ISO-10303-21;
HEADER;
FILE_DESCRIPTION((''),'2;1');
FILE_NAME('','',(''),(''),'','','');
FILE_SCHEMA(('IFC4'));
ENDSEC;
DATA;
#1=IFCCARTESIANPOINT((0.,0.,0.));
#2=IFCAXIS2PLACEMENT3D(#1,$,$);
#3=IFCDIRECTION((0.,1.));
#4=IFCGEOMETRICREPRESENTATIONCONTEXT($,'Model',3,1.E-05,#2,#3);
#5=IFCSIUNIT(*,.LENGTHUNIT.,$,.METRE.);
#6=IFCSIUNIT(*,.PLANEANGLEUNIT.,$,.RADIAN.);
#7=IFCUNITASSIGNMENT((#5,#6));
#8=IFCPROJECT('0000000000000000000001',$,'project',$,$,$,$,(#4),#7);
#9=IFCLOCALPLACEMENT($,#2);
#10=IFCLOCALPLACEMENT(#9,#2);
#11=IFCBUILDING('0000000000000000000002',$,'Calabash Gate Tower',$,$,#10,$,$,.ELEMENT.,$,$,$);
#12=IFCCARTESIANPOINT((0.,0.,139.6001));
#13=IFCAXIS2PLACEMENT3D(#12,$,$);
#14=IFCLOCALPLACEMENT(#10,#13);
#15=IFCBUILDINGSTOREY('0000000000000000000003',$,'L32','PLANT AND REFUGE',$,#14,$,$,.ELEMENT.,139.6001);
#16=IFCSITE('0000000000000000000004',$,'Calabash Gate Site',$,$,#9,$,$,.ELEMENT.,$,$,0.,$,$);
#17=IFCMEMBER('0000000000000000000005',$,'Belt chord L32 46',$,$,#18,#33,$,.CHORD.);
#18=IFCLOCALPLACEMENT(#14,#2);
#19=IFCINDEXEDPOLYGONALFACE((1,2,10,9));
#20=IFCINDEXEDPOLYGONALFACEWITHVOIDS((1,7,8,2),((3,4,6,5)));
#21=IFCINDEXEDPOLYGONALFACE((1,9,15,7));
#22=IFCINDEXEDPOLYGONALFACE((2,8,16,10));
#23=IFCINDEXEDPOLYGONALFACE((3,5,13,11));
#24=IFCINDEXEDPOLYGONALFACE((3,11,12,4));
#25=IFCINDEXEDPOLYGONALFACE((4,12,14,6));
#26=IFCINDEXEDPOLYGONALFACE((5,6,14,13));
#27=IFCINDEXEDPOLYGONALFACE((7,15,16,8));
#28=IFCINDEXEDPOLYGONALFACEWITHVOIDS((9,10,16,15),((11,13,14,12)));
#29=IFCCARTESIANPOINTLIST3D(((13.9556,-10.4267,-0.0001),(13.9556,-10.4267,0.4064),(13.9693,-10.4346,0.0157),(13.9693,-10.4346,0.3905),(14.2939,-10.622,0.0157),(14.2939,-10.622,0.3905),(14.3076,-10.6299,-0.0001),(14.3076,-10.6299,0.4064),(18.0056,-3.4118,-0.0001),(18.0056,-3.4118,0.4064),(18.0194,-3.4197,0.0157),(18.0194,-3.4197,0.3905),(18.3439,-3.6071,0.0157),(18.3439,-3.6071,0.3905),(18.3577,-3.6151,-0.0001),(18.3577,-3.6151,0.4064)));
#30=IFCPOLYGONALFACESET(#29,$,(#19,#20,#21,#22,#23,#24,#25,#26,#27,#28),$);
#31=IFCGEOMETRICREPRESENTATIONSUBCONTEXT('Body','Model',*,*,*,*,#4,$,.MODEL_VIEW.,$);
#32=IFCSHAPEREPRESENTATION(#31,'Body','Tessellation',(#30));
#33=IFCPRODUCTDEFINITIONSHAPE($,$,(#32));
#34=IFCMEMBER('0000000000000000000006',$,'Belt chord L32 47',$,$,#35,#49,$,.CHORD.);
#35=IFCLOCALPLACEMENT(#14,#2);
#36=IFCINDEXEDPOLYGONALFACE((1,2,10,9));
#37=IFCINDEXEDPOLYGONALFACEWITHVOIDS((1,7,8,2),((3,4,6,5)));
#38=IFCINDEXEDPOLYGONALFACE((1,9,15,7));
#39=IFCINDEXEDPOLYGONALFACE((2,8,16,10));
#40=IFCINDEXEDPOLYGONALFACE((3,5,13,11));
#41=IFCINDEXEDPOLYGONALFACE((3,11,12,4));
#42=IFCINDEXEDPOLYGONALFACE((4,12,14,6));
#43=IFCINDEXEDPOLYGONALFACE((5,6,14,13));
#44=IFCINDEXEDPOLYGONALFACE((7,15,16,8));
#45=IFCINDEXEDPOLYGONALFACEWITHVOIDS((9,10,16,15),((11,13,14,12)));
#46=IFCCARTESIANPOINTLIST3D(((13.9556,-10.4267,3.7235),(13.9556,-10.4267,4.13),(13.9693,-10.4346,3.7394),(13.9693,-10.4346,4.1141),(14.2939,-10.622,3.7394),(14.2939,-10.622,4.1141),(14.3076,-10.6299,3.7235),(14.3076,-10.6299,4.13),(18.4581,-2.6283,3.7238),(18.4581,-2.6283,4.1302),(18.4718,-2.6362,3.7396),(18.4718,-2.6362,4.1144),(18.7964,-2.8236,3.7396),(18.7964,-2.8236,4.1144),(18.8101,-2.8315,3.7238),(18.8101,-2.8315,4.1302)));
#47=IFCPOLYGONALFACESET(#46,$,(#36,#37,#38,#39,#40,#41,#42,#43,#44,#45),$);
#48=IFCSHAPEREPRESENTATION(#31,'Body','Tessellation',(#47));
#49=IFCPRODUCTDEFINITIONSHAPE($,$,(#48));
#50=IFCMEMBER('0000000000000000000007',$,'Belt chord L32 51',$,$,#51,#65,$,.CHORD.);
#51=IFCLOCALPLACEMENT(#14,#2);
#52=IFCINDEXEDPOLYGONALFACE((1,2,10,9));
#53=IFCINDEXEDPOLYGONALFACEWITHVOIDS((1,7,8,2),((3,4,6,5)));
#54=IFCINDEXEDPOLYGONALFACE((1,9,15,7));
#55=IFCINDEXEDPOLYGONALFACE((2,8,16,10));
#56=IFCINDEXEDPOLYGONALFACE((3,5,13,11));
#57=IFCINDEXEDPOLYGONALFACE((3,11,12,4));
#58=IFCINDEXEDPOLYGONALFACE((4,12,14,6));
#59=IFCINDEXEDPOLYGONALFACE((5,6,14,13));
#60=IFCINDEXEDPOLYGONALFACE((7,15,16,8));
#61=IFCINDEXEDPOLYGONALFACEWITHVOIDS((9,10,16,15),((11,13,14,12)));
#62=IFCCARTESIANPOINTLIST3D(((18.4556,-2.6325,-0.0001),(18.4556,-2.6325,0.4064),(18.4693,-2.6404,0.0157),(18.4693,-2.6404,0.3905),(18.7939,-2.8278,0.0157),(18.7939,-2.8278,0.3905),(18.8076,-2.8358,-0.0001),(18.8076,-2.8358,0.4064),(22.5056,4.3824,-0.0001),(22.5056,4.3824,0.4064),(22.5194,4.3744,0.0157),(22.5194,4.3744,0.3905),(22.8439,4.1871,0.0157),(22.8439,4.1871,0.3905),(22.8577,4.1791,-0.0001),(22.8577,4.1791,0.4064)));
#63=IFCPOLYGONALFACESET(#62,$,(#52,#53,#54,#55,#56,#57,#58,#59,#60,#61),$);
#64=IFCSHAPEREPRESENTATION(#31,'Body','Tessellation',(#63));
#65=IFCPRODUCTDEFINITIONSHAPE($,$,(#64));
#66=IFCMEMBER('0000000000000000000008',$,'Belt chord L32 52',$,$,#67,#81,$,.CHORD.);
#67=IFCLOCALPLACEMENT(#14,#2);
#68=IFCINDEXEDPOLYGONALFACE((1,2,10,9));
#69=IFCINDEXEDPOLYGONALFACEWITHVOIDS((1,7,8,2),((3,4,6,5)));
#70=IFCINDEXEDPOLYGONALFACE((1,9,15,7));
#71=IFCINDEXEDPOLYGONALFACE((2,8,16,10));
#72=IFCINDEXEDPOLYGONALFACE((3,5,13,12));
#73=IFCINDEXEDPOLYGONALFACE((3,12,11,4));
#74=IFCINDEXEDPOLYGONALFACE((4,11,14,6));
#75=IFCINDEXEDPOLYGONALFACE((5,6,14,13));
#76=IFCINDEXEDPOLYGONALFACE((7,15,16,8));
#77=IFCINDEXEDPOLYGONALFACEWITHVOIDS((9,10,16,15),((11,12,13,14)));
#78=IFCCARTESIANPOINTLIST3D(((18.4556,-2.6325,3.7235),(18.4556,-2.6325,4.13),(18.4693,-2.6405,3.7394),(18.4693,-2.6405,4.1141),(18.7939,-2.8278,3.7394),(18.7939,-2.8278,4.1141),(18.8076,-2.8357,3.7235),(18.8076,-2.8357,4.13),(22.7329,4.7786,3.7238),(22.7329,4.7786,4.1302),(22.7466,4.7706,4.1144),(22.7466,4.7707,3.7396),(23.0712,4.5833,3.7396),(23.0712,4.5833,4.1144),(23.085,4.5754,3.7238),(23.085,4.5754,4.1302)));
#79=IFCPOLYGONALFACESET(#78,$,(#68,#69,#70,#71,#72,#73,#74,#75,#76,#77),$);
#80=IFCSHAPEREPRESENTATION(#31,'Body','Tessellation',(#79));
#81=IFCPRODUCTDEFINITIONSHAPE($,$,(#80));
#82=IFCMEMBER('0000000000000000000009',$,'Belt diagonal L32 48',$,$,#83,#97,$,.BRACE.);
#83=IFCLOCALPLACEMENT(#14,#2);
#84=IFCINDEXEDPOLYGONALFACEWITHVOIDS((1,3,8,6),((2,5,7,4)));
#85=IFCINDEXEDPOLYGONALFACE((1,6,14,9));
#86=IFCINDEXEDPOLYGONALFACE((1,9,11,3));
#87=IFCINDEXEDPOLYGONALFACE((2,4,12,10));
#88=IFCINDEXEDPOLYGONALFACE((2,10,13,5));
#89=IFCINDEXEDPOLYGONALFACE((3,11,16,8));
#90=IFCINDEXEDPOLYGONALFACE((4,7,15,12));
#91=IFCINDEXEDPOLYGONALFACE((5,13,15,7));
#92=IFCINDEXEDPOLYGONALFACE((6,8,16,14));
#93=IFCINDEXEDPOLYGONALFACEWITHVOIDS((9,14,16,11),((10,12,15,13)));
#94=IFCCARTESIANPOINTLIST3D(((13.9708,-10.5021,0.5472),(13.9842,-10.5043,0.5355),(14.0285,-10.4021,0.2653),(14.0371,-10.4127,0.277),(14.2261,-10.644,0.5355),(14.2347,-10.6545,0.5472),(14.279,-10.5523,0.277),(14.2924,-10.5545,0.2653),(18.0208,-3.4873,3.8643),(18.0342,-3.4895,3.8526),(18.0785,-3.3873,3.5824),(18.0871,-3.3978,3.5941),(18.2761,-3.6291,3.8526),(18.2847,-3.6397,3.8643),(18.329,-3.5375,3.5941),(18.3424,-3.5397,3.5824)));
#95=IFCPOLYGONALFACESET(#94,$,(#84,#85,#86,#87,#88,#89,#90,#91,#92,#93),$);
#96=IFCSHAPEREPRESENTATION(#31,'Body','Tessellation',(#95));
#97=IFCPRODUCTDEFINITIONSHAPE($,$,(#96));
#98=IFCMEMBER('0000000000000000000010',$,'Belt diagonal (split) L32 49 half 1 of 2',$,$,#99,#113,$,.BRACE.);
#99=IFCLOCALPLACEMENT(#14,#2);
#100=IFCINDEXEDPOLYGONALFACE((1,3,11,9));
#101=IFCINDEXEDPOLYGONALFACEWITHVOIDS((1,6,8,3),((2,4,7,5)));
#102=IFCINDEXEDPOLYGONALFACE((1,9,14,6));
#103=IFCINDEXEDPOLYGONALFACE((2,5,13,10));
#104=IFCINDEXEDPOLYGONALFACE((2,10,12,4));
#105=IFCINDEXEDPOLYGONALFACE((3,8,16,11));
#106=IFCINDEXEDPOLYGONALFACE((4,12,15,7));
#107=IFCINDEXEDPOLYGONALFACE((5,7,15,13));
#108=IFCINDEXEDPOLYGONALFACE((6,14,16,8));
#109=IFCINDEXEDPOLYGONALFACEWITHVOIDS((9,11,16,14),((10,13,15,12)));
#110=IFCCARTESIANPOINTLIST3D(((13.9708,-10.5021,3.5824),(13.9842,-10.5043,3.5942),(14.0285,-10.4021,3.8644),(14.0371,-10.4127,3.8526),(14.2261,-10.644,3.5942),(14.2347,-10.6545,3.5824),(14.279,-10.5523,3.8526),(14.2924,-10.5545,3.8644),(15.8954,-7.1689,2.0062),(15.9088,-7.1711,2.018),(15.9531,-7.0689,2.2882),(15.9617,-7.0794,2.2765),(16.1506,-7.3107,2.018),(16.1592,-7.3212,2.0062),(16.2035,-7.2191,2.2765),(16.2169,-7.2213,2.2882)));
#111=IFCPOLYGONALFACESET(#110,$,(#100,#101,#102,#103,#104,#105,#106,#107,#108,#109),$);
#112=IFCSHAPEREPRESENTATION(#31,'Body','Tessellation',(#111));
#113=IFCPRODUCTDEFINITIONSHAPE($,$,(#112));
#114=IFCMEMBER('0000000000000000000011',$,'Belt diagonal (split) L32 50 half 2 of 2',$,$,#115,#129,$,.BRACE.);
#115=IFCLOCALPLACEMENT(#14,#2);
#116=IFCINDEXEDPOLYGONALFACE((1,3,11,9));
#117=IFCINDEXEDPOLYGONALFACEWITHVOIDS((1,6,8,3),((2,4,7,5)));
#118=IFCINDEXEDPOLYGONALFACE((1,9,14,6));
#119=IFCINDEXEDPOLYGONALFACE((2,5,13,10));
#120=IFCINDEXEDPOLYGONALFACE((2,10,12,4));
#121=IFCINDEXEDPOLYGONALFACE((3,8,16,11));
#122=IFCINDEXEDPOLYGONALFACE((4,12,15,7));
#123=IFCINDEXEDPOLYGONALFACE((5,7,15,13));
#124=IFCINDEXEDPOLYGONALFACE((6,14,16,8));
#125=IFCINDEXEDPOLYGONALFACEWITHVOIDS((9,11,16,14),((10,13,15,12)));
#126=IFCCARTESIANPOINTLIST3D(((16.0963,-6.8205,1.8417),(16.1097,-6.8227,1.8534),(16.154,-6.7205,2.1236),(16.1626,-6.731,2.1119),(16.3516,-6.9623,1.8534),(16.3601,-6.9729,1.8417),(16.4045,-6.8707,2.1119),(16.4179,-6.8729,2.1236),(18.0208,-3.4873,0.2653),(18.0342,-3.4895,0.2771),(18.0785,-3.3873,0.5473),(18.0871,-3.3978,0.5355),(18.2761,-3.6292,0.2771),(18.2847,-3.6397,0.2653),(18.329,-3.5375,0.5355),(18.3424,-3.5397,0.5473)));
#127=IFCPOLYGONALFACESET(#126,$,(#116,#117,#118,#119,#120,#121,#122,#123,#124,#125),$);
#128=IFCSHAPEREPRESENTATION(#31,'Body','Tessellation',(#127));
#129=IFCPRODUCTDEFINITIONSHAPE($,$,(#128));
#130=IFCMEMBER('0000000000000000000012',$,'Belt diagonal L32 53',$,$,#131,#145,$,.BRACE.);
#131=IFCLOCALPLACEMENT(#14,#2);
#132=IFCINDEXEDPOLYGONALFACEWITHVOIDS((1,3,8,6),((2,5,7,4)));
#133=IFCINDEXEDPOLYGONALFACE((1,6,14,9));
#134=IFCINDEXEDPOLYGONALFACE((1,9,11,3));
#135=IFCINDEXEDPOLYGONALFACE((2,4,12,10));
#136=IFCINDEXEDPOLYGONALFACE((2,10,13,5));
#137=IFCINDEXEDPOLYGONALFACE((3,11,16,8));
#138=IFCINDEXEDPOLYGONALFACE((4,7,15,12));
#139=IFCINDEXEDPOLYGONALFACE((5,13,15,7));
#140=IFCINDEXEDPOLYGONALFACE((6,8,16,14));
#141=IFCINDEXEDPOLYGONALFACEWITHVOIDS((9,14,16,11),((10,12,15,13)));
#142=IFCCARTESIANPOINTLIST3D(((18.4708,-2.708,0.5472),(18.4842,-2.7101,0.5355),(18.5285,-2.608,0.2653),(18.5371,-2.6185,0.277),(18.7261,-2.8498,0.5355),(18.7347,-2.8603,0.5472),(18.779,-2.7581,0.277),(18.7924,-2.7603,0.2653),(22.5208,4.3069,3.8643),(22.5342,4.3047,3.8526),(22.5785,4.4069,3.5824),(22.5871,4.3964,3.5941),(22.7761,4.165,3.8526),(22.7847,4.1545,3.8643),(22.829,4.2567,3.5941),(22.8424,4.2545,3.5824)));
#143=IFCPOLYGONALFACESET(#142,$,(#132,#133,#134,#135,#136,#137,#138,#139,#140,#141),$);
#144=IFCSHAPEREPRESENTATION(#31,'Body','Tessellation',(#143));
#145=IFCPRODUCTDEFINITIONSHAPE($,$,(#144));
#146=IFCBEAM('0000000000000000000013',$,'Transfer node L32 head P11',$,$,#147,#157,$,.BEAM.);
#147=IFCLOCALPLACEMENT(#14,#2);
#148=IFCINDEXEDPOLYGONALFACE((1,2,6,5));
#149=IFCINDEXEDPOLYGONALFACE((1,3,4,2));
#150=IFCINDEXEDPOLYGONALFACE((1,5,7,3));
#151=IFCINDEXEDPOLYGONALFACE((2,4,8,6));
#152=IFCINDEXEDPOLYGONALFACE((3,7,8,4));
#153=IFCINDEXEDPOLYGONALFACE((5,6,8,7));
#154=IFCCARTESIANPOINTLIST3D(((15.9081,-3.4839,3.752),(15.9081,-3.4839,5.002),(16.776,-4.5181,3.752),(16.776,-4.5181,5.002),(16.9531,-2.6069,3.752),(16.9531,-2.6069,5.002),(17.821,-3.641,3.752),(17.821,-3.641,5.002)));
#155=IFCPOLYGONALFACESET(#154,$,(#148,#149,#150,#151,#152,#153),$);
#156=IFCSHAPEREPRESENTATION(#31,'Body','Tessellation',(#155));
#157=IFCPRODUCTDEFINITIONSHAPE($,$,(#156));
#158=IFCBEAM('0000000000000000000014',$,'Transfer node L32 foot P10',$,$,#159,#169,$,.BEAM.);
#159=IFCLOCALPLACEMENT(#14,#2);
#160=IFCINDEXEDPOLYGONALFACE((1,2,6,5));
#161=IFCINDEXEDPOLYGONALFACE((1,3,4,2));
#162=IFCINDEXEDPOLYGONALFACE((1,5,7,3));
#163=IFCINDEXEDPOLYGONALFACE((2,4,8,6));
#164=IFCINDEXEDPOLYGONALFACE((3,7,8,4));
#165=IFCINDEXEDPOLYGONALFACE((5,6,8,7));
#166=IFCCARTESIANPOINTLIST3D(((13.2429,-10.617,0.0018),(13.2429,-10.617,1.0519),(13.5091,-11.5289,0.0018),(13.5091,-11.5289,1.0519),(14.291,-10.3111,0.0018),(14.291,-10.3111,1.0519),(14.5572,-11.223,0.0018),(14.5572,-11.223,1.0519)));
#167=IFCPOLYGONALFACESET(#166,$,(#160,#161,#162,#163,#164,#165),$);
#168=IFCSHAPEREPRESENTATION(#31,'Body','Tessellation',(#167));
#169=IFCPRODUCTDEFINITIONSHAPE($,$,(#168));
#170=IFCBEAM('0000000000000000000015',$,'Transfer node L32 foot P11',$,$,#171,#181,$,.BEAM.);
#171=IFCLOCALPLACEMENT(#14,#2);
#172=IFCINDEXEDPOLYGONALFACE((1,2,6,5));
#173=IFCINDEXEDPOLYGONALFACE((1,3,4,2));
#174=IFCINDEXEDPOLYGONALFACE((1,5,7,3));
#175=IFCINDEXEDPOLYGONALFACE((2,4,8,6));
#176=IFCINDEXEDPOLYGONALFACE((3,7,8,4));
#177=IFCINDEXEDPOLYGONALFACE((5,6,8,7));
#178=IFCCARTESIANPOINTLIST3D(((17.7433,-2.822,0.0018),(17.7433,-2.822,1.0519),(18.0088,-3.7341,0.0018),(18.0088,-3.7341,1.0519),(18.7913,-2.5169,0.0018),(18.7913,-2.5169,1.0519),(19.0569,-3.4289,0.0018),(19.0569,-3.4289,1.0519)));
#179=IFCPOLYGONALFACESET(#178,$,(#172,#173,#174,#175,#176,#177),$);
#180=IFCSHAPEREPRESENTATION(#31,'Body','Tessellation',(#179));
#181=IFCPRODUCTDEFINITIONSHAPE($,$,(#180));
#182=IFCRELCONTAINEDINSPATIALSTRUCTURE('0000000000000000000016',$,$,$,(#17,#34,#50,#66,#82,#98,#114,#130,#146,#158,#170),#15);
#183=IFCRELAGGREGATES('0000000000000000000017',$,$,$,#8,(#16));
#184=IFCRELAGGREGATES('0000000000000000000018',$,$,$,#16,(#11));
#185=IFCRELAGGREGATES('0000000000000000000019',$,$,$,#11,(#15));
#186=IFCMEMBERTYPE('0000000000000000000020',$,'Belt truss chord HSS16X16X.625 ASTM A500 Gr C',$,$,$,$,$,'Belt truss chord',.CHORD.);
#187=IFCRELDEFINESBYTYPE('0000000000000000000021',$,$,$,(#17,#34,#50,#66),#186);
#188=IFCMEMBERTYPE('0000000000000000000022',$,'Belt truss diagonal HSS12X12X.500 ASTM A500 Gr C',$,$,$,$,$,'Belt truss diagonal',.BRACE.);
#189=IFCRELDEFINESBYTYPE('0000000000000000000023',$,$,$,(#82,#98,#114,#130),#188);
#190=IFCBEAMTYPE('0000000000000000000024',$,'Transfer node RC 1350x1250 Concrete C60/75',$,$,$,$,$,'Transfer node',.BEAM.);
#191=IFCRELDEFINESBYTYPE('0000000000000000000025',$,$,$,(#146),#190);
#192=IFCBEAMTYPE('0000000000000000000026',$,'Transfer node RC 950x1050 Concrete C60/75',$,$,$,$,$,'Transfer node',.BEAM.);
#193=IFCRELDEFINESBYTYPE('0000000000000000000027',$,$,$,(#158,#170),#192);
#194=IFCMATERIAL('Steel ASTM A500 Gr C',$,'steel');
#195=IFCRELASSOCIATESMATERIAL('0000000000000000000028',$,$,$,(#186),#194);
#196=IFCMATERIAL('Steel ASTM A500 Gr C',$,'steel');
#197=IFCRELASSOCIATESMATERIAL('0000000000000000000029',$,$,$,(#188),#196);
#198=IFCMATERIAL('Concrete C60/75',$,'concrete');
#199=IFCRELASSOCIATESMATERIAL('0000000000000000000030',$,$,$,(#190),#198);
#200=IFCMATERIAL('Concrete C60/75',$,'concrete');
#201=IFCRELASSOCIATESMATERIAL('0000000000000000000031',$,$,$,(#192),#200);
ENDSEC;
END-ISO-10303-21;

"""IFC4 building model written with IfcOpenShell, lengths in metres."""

from ifc_helpers import new_model, si_unit, direction, frame, origin, origin_2d, place, context, subcontext, project, spatial, rectangle, hollow_rectangle, extrude, material, material_profile, profile_set, type_object, element, save


model = new_model("IFC4")

# Units and contexts
model_context = context("Model", 3, precision=1e-05, world=origin(), true_north=direction((0.0, 1.0)))
body_context = subcontext(model_context, "Body", "Model", "MODEL_VIEW")
ifc_project = project(units=[si_unit("LENGTHUNIT", "METRE"), si_unit("PLANEANGLEUNIT", "RADIAN")], contexts=[model_context])

# Site, building, storey
site_placement = place(None, origin())
site = spatial("IfcSite", under=ifc_project, at=site_placement, Name="Calabash Gate Site", CompositionType="ELEMENT", RefElevation=0.0)
building_placement = place(site_placement, origin())
building = spatial("IfcBuilding", under=site, at=building_placement, Name="Calabash Gate Tower", CompositionType="ELEMENT")
storey_placement = place(building_placement, frame((0.0, 0.0, 139.6001)))
storey = spatial("IfcBuildingStorey", under=building, at=storey_placement, Name="L32", Description="PLANT AND REFUGE", CompositionType="ELEMENT", Elevation=139.6001)

# Members
ifc_material_1 = material(Name="Steel ASTM A500 Gr C", Category="steel")
ifc_material_profile_1 = material_profile(ifc_material_1, hollow_rectangle(XDim=0.4065, YDim=0.4065, WallThickness=0.0159, at=origin_2d()))
ifc_profile_set_1 = profile_set([ifc_material_profile_1], Name="Steel ASTM A500 Gr C")
member_type_1 = type_object("IfcMemberType", Name="Belt truss chord HSS16X16X.625 ASTM A500 Gr C", ElementType="Belt truss chord", PredefinedType="CHORD", material=ifc_profile_set_1)
member_1_placement = place(storey_placement, frame((14.1316, -10.5283, 0.2031), z_axis=(0.5, 0.866025, 0.0), x_axis=(-0.866025, 0.5, 0.0)))
element("IfcMember", 1, at=member_1_placement, inside=storey, type_object=member_type_1, Name="Belt chord L32 46", PredefinedType="CHORD", context=body_context, shape_type="SweptSolid", body=[
    extrude(hollow_rectangle(XDim=0.4065, YDim=0.4065, WallThickness=0.0159, at=origin_2d()), origin(), (0.0, 0.0, 1.0), 8.1001),
])
member_2_placement = place(storey_placement, frame((14.1316, -10.5283, 3.9268), z_axis=(0.500006, 0.866022, 0.000027), x_axis=(-0.866022, 0.500006, 0.0)))
element("IfcMember", 2, at=member_2_placement, inside=storey, type_object=member_type_1, Name="Belt chord L32 47", PredefinedType="CHORD", context=body_context, shape_type="SweptSolid", body=[
    extrude(hollow_rectangle(XDim=0.4065, YDim=0.4065, WallThickness=0.0159, at=origin_2d()), origin(), (0.0, 0.0, 1.0), 9.0049),
])
member_3_placement = place(storey_placement, frame((18.6316, -2.7341, 0.2031), z_axis=(0.5, 0.866025, 0.0), x_axis=(-0.866025, 0.5, 0.0)))
element("IfcMember", 3, at=member_3_placement, inside=storey, type_object=member_type_1, Name="Belt chord L32 51", PredefinedType="CHORD", context=body_context, shape_type="SweptSolid", body=[
    extrude(hollow_rectangle(XDim=0.4065, YDim=0.4065, WallThickness=0.0159, at=origin_2d()), origin(), (0.0, 0.0, 1.0), 8.1001),
])
member_4_placement = place(storey_placement, frame((18.6316, -2.7341, 3.9268), z_axis=(0.499871, 0.8661, 0.000029), x_axis=(-0.8661, 0.499871, 0.0)))
element("IfcMember", 4, at=member_4_placement, inside=storey, type_object=member_type_1, Name="Belt chord L32 52", PredefinedType="CHORD", context=body_context, shape_type="SweptSolid", body=[
    extrude(hollow_rectangle(XDim=0.4065, YDim=0.4065, WallThickness=0.0159, at=origin_2d()), origin(), (0.0, 0.0, 1.0), 8.5569),
])
ifc_material_2 = material(Name="Steel ASTM A500 Gr C", Category="steel")
ifc_material_profile_2 = material_profile(ifc_material_2, hollow_rectangle(XDim=0.3047, YDim=0.3047, WallThickness=0.0127, at=origin_2d()))
ifc_profile_set_2 = profile_set([ifc_material_profile_2], Name="Steel ASTM A500 Gr C")
member_type_2 = type_object("IfcMemberType", Name="Belt truss diagonal HSS12X12X.500 ASTM A500 Gr C", ElementType="Belt truss diagonal", PredefinedType="BRACE", material=ifc_profile_set_2)
member_5_placement = place(storey_placement, frame((14.1316, -10.5283, 0.4062), z_axis=(0.462704, 0.801427, 0.378972), x_axis=(-0.866025, 0.5, 0.0)))
element("IfcMember", 5, at=member_5_placement, inside=storey, type_object=member_type_2, Name="Belt diagonal L32 48", PredefinedType="BRACE", context=body_context, shape_type="SweptSolid", body=[
    extrude(hollow_rectangle(XDim=0.3047, YDim=0.3047, WallThickness=0.0127, at=origin_2d()), origin(), (0.0, 0.0, 1.0), 8.7529),
])
for number, where, z_axis, x_axis, name in (
    (6, (14.1316, -10.5283, 3.7234), (0.462725, 0.80142, -0.378962), (-0.866013, 0.500021, 0.0), "Belt diagonal (split) L32 49 half 1 of 2"),
    (7, (16.2571, -6.8467, 1.9827), (0.462715, 0.801402, -0.379012), (-0.866013, 0.500021, 0.0), "Belt diagonal (split) L32 50 half 2 of 2"),
):
    element("IfcMember", number, at=place(storey_placement, frame(where, z_axis=z_axis, x_axis=x_axis)), inside=storey, type_object=member_type_2, Name=name, PredefinedType="BRACE", context=body_context, shape_type="SweptSolid", body=[
        extrude(hollow_rectangle(XDim=0.3047, YDim=0.3047, WallThickness=0.0127, at=origin_2d()), origin(), (0.0, 0.0, 1.0), 4.1592),
    ])
member_6_placement = place(storey_placement, frame((18.6316, -2.7341, 0.4062), z_axis=(0.462704, 0.801427, 0.378972), x_axis=(-0.866025, 0.5, 0.0)))
element("IfcMember", 8, at=member_6_placement, inside=storey, type_object=member_type_2, Name="Belt diagonal L32 53", PredefinedType="BRACE", context=body_context, shape_type="SweptSolid", body=[
    extrude(hollow_rectangle(XDim=0.3047, YDim=0.3047, WallThickness=0.0127, at=origin_2d()), origin(), (0.0, 0.0, 1.0), 8.7529),
])

# Beams
ifc_material_3 = material(Name="Concrete C60/75", Category="concrete")
ifc_material_profile_3 = material_profile(ifc_material_3, rectangle(XDim=1.3501, YDim=1.25, at=origin_2d()))
ifc_profile_set_3 = profile_set([ifc_material_profile_3], Name="Concrete C60/75")
beam_type_1 = type_object("IfcBeamType", Name="Transfer node RC 1350x1250 Concrete C60/75", ElementType="Transfer node", PredefinedType="BEAM", material=ifc_profile_set_3)
beam_1_placement = place(storey_placement, frame((16.342, -4.001, 4.377), z_axis=(0.765987, 0.642856, 0.0), x_axis=(-0.642856, 0.765987, 0.0)))
element("IfcBeam", 9, at=beam_1_placement, inside=storey, type_object=beam_type_1, Name="Transfer node L32 head P11", PredefinedType="BEAM", context=body_context, shape_type="SweptSolid", body=[
    extrude(rectangle(XDim=1.3501, YDim=1.25, at=origin_2d()), origin(), (0.0, 0.0, 1.0), 1.3643),
])
ifc_material_4 = material(Name="Concrete C60/75", Category="concrete")
ifc_material_profile_4 = material_profile(ifc_material_4, rectangle(XDim=0.95, YDim=1.05, at=origin_2d()))
ifc_profile_set_4 = profile_set([ifc_material_profile_4], Name="Concrete C60/75")
beam_type_2 = type_object("IfcBeamType", Name="Transfer node RC 950x1050 Concrete C60/75", ElementType="Transfer node", PredefinedType="BEAM", material=ifc_profile_set_4)
beam_2_placement = place(storey_placement, frame((14.4241, -10.7671, 0.5269), z_axis=(-0.959947, -0.28018, 0.0), x_axis=(0.28018, -0.959947, 0.0)))
element("IfcBeam", 10, at=beam_2_placement, inside=storey, type_object=beam_type_2, Name="Transfer node L32 foot P10", PredefinedType="BEAM", context=body_context, shape_type="SweptSolid", body=[
    extrude(rectangle(XDim=0.95, YDim=1.05, at=origin_2d()), origin(), (0.0, 0.0, 1.0), 1.0918),
])
beam_3_placement = place(storey_placement, frame((18.9241, -2.9729, 0.5269), z_axis=(-0.960128, -0.279562, 0.0), x_axis=(0.279562, -0.960128, 0.0)))
element("IfcBeam", 11, at=beam_3_placement, inside=storey, type_object=beam_type_2, Name="Transfer node L32 foot P11", PredefinedType="BEAM", context=body_context, shape_type="SweptSolid", body=[
    extrude(rectangle(XDim=0.95, YDim=1.05, at=origin_2d()), origin(), (0.0, 0.0, 1.0), 1.0916),
])

save(model, "model.ifc")
